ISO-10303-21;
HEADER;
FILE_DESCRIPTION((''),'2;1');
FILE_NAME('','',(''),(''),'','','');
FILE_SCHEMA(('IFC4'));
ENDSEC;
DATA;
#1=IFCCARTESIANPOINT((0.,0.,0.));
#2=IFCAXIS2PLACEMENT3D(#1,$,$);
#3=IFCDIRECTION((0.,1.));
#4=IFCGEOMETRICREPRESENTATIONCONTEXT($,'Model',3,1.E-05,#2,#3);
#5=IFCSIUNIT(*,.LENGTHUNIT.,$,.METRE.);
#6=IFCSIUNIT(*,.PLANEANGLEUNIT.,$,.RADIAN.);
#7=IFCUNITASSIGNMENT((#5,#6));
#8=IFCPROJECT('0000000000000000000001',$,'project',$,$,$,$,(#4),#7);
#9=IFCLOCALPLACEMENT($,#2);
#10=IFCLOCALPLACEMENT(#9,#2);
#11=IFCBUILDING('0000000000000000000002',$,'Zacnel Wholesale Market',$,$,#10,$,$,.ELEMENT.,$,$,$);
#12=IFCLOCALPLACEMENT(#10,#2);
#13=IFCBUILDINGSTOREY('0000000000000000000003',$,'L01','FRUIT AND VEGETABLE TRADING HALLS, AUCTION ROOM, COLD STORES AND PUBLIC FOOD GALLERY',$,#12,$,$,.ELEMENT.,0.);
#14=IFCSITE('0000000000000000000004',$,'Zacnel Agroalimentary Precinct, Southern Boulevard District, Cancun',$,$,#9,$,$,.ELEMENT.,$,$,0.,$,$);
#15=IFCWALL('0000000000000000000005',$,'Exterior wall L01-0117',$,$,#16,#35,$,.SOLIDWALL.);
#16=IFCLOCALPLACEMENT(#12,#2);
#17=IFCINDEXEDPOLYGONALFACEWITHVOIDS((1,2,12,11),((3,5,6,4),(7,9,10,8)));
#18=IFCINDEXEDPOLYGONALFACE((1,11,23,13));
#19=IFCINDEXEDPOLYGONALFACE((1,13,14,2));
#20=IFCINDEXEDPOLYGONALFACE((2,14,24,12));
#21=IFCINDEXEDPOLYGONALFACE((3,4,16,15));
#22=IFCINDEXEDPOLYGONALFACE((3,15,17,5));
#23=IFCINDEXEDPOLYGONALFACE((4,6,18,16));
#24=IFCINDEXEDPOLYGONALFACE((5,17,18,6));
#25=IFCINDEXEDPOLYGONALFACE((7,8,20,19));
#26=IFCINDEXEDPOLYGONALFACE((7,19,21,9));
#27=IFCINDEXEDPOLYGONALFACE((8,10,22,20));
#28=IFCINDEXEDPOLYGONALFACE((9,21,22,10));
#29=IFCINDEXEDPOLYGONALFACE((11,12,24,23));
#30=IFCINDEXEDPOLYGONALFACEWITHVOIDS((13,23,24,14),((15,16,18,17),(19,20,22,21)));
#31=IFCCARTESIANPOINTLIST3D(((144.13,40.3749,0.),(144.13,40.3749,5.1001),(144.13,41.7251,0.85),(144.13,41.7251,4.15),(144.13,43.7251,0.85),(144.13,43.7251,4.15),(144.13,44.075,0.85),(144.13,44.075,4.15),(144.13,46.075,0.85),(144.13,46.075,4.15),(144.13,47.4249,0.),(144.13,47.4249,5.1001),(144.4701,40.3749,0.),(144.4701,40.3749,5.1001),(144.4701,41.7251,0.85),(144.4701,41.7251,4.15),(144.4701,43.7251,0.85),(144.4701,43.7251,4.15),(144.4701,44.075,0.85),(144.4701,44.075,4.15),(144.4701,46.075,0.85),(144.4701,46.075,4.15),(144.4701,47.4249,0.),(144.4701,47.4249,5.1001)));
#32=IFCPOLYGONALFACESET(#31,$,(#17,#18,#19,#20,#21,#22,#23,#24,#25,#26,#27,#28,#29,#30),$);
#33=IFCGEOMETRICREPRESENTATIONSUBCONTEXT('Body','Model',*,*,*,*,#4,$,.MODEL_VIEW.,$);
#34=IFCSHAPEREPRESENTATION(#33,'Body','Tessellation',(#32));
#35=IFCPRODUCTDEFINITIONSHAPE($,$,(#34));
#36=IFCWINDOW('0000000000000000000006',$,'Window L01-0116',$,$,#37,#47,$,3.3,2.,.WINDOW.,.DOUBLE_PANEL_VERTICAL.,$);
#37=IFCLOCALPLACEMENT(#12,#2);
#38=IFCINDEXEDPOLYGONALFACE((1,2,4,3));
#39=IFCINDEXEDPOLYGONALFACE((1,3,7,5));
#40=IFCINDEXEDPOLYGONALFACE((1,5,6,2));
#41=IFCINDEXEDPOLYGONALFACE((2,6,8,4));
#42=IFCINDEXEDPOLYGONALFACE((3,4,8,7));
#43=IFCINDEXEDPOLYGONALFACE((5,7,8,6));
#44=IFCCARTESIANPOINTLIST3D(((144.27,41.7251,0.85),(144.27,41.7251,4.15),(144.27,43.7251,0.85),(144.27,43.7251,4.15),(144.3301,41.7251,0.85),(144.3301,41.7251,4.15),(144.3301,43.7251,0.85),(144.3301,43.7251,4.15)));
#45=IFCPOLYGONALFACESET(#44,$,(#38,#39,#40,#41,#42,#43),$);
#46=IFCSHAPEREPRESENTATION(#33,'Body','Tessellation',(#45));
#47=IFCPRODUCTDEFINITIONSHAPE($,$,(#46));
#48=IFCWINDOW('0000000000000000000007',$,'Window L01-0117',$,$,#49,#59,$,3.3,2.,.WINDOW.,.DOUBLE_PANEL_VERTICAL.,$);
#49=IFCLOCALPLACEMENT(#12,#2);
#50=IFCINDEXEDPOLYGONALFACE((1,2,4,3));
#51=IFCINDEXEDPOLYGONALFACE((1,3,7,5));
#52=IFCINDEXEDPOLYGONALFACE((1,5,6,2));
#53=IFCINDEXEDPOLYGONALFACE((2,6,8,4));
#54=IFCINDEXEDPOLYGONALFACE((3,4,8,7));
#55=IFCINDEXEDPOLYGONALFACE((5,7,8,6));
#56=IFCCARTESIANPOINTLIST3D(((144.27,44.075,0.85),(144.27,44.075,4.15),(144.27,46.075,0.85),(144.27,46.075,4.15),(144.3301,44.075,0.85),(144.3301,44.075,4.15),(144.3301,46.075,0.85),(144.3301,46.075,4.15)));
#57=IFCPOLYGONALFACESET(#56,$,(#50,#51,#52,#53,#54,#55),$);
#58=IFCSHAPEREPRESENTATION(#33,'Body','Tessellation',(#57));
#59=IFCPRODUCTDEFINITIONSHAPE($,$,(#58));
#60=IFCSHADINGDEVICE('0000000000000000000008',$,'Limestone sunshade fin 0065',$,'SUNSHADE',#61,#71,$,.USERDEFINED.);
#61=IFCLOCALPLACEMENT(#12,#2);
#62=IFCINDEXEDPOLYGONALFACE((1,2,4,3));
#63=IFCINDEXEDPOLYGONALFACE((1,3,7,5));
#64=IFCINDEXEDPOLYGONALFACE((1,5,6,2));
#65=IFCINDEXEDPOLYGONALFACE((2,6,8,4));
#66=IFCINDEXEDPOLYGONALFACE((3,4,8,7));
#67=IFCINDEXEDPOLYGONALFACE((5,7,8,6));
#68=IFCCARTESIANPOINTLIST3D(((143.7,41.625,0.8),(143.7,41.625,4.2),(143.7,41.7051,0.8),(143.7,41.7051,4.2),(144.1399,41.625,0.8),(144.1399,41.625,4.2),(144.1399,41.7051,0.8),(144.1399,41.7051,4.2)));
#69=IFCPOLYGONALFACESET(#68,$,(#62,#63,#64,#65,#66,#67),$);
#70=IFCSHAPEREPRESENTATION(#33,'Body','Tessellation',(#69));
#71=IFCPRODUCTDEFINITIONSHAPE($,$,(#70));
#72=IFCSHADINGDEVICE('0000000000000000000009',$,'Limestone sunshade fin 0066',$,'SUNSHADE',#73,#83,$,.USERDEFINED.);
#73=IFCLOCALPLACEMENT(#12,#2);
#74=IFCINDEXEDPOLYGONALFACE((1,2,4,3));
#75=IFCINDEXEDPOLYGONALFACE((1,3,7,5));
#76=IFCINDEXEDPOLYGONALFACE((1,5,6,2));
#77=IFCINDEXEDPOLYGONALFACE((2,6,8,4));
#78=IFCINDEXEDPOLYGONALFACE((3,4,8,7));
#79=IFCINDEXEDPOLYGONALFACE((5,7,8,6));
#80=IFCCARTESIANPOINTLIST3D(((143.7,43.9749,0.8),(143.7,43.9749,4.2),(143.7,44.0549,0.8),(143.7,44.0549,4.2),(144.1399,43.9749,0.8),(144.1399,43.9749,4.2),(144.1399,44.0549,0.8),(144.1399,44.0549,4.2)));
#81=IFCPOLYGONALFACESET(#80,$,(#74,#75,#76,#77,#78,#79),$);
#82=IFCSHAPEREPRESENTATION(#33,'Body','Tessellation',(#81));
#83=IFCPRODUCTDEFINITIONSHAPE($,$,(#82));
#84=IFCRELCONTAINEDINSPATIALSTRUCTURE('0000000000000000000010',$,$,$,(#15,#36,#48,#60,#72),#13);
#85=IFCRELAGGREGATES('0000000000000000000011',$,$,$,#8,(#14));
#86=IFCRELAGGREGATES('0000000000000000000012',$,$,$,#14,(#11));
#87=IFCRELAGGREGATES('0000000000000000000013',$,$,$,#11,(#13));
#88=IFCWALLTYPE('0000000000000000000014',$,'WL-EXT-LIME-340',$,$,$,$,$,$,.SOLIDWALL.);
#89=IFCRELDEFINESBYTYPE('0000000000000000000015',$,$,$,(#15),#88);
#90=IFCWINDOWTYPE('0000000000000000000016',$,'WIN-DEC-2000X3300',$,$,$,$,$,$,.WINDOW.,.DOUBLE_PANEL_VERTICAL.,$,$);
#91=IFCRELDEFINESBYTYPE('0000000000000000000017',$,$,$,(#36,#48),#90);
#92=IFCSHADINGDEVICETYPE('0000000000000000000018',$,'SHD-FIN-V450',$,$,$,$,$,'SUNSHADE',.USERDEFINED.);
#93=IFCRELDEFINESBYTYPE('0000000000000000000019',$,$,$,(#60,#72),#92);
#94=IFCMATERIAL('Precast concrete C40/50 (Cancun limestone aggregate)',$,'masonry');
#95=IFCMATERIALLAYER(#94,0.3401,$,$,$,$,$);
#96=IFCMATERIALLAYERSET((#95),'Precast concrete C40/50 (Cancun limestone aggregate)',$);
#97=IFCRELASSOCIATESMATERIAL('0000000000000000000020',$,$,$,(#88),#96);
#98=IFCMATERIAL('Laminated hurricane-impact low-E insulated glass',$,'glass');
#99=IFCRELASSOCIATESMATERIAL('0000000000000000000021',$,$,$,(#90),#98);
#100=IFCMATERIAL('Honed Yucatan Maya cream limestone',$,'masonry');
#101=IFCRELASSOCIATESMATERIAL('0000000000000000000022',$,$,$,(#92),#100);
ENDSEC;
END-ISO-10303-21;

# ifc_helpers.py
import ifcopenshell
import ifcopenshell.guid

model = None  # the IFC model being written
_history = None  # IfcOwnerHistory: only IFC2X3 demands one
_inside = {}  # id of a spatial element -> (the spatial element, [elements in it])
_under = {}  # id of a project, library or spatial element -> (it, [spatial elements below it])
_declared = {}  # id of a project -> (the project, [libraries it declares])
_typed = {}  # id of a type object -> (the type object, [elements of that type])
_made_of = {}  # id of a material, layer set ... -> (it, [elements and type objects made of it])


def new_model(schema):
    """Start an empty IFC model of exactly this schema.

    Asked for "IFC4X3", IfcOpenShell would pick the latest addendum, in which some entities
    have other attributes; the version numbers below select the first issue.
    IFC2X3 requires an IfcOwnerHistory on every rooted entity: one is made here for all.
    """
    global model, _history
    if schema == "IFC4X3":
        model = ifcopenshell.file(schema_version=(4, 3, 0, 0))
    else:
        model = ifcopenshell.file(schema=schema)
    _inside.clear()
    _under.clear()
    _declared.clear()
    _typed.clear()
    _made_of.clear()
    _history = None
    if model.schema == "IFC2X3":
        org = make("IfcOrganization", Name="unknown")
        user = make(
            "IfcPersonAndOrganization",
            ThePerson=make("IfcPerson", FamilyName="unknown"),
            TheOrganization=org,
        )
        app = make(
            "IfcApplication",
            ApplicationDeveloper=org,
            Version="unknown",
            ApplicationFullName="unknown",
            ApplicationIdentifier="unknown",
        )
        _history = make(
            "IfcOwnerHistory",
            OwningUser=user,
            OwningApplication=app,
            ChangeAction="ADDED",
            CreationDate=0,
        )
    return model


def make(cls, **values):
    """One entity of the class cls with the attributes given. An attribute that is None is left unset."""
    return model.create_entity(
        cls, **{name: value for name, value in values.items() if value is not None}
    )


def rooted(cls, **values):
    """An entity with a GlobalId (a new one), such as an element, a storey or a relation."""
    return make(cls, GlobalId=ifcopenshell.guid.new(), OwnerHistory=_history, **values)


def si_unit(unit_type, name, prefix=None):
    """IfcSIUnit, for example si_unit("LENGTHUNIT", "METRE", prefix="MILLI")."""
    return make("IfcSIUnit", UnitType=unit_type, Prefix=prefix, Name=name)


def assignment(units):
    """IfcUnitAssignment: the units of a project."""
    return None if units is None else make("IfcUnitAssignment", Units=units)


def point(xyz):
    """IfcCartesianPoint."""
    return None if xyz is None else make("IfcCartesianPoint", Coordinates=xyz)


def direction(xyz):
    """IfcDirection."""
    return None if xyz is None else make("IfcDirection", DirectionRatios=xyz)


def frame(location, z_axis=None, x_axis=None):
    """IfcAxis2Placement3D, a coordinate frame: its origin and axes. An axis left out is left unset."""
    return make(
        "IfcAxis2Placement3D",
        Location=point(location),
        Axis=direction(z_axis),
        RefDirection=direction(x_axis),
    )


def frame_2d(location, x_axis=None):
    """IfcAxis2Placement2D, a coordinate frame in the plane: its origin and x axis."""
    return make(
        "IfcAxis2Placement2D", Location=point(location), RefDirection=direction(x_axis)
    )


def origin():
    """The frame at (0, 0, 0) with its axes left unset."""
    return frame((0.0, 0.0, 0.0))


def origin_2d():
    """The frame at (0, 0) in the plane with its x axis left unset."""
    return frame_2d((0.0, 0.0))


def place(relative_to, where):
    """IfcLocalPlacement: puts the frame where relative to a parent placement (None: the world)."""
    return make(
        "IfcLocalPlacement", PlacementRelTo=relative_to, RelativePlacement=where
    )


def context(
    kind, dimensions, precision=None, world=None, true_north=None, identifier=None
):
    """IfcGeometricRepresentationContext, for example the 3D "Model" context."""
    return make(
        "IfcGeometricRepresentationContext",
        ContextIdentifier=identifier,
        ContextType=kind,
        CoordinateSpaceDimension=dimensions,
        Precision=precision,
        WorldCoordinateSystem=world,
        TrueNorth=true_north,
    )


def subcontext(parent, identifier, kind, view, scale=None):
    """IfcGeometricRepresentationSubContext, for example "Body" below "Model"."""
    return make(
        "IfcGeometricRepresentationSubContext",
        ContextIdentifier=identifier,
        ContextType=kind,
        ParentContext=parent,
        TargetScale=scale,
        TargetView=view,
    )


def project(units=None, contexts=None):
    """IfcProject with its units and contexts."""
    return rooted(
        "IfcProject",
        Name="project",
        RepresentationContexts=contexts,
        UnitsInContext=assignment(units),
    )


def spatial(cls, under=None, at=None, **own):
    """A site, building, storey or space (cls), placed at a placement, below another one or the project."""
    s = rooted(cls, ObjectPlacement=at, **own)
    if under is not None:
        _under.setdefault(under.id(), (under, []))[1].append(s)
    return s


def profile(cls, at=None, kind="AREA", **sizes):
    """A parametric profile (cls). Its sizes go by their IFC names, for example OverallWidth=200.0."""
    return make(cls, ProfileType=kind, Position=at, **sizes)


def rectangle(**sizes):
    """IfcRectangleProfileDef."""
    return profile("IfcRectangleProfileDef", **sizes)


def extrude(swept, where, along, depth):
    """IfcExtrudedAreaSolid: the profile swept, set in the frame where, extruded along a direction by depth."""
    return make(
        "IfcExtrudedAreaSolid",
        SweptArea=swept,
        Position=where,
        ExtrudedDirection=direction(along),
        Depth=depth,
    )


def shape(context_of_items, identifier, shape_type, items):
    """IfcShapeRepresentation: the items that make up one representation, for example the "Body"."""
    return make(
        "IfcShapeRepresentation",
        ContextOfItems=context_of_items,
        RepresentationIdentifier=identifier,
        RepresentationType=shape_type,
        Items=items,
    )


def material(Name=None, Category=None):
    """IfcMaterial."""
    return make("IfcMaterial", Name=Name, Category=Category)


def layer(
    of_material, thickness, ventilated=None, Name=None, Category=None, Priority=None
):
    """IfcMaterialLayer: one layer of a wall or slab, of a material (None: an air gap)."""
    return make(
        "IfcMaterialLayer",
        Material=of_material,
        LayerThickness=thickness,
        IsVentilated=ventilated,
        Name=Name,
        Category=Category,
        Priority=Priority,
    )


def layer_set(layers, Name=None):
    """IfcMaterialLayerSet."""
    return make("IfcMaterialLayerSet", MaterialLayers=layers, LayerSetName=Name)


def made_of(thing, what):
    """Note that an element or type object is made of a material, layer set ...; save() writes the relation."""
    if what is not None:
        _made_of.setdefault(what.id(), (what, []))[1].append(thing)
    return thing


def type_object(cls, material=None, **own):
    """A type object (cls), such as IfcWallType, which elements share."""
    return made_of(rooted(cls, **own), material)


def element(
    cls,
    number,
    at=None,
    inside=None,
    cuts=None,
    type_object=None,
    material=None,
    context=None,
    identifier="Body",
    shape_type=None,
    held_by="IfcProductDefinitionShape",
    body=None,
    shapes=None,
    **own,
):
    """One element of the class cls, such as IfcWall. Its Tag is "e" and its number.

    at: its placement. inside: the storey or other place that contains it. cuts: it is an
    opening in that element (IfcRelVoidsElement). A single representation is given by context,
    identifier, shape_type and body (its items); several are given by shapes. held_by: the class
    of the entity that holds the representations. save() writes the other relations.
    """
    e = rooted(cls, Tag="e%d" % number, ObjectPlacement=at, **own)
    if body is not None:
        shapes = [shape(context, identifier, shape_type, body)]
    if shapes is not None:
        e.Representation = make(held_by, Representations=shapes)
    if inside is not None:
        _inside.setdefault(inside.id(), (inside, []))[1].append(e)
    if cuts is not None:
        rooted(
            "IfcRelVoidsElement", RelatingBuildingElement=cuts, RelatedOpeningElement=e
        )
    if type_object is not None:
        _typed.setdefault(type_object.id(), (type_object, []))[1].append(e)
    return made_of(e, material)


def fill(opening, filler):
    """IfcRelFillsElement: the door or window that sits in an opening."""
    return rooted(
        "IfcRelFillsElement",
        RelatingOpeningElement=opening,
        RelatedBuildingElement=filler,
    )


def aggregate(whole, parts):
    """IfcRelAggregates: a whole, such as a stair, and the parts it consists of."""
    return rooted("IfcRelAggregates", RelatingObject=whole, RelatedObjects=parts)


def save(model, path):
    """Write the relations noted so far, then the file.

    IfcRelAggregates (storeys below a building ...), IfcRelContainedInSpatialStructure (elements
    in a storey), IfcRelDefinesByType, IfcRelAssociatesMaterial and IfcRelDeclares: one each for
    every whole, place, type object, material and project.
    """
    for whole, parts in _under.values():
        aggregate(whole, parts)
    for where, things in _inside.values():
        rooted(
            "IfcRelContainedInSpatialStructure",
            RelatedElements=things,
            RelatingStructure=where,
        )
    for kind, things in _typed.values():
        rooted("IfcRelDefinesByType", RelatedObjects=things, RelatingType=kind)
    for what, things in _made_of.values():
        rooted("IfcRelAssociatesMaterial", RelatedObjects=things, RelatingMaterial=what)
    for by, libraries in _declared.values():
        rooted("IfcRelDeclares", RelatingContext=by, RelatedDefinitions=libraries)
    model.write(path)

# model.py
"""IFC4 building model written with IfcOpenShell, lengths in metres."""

from ifc_helpers import new_model, si_unit, direction, frame, frame_2d, origin, origin_2d, place, context, subcontext, project, spatial, rectangle, extrude, material, layer, layer_set, type_object, element, fill, save


model = new_model("IFC4")

# Units and contexts
model_context = context("Model", 3, precision=1e-05, world=origin(), true_north=direction((0.0, 1.0)))
body_context = subcontext(model_context, "Body", "Model", "MODEL_VIEW")
ifc_project = project(units=[si_unit("LENGTHUNIT", "METRE"), si_unit("PLANEANGLEUNIT", "RADIAN")], contexts=[model_context])

# Site, building, storey
site_placement = place(None, origin())
site = spatial("IfcSite", under=ifc_project, at=site_placement, Name="Zacnel Agroalimentary Precinct, Southern Boulevard District, Cancun", CompositionType="ELEMENT", RefElevation=0.0)
building_placement = place(site_placement, origin())
building = spatial("IfcBuilding", under=site, at=building_placement, Name="Zacnel Wholesale Market", CompositionType="ELEMENT")
storey_placement = place(building_placement, origin())
storey = spatial("IfcBuildingStorey", under=building, at=storey_placement, Name="L01", Description="FRUIT AND VEGETABLE TRADING HALLS, AUCTION ROOM, COLD STORES AND PUBLIC FOOD GALLERY", CompositionType="ELEMENT", Elevation=0.0)

# Wall, openings, windows
ifc_material_1 = material(Name="Precast concrete C40/50 (Cancun limestone aggregate)", Category="masonry")
ifc_layer_1 = layer(ifc_material_1, 0.3401)
ifc_layer_set_1 = layer_set([ifc_layer_1], Name="Precast concrete C40/50 (Cancun limestone aggregate)")
wall_type = type_object("IfcWallType", Name="WL-EXT-LIME-340", PredefinedType="SOLIDWALL", material=ifc_layer_set_1)
ifc_material_2 = material(Name="Laminated hurricane-impact low-E insulated glass", Category="glass")
window_type = type_object("IfcWindowType", Name="WIN-DEC-2000X3300", PartitioningType="DOUBLE_PANEL_VERTICAL", PredefinedType="WINDOW", material=ifc_material_2)
wall_1_placement = place(storey_placement, frame((144.3, 40.375, 0.0), z_axis=(0.0, 0.0, 1.0), x_axis=(0.0, 1.0, 0.0)))
wall_1 = element("IfcWall", 1, at=wall_1_placement, inside=storey, type_object=wall_type, Name="Exterior wall L01-0117", PredefinedType="SOLIDWALL", context=body_context, shape_type="SweptSolid", body=[
    extrude(rectangle(XDim=7.05, YDim=0.3401, at=frame_2d((3.5249, 0.0))), origin(), (0.0, 0.0, 1.0), 5.1001),
])
opening_1_placement = place(wall_1_placement, frame((1.3501, 0.0, 0.8501)))
opening_1 = element("IfcOpeningElement", 2, at=opening_1_placement, cuts=wall_1, PredefinedType="OPENING", context=body_context, shape_type="SweptSolid", body=[
    extrude(rectangle(XDim=2.0, YDim=3.3, at=frame_2d((1.0, 1.6499))), frame((0.0, 0.1799, 0.0), z_axis=(0.0, -1.0, 0.0), x_axis=(1.0, 0.0, 0.0)), (0.0, 0.0, 1.0), 0.3601),
])
opening_2_placement = place(wall_1_placement, frame((3.7, 0.0, 0.8501)))
opening_2 = element("IfcOpeningElement", 3, at=opening_2_placement, cuts=wall_1, PredefinedType="OPENING", context=body_context, shape_type="SweptSolid", body=[
    extrude(rectangle(XDim=2.0, YDim=3.3, at=frame_2d((1.0, 1.6499))), frame((0.0, 0.1799, 0.0), z_axis=(0.0, -1.0, 0.0), x_axis=(1.0, 0.0, 0.0)), (0.0, 0.0, 1.0), 0.3601),
])
window_1_placement = place(opening_1_placement, origin())
window_1 = element("IfcWindow", 4, at=window_1_placement, inside=storey, type_object=window_type, Name="Window L01-0116", OverallHeight=3.3, OverallWidth=2.0, PartitioningType="DOUBLE_PANEL_VERTICAL", PredefinedType="WINDOW", context=body_context, shape_type="SweptSolid", body=[
    extrude(rectangle(XDim=2.0, YDim=3.3, at=frame_2d((1.0, 1.6499))), frame((0.0, 0.03, 0.0), z_axis=(0.0, -1.0, 0.0), x_axis=(1.0, 0.0, 0.0)), (0.0, 0.0, 1.0), 0.0601),
])
fill(opening_1, window_1)
window_2_placement = place(opening_2_placement, origin())
window_2 = element("IfcWindow", 5, at=window_2_placement, inside=storey, type_object=window_type, Name="Window L01-0117", OverallHeight=3.3, OverallWidth=2.0, PartitioningType="DOUBLE_PANEL_VERTICAL", PredefinedType="WINDOW", context=body_context, shape_type="SweptSolid", body=[
    extrude(rectangle(XDim=2.0, YDim=3.3, at=frame_2d((1.0, 1.6499))), frame((0.0, 0.03, 0.0), z_axis=(0.0, -1.0, 0.0), x_axis=(1.0, 0.0, 0.0)), (0.0, 0.0, 1.0), 0.0601),
])
fill(opening_2, window_2)

# Shading devices
ifc_material_3 = material(Name="Honed Yucatan Maya cream limestone", Category="masonry")
shading_device_type = type_object("IfcShadingDeviceType", Name="SHD-FIN-V450", ElementType="SUNSHADE", PredefinedType="USERDEFINED", material=ifc_material_3)
for number, where, z_axis, x_axis, name in (
    (6, (143.9199, 41.665, 0.8), (0.0, 0.0, 1.0), (0.0, 1.0, 0.0), "Limestone sunshade fin 0065"),
    (7, (143.9199, 44.0149, 0.8), (0.0, 0.0, 1.0), (0.0, 1.0, 0.0), "Limestone sunshade fin 0066"),
):
    element("IfcShadingDevice", number, at=place(storey_placement, frame(where, z_axis=z_axis, x_axis=x_axis)), inside=storey, type_object=shading_device_type, Name=name, ObjectType="SUNSHADE", PredefinedType="USERDEFINED", context=body_context, shape_type="SweptSolid", body=[
        extrude(rectangle(XDim=0.0801, YDim=0.4399, at=origin_2d()), origin(), (0.0, 0.0, 1.0), 3.3999),
    ])

save(model, "model.ifc")
